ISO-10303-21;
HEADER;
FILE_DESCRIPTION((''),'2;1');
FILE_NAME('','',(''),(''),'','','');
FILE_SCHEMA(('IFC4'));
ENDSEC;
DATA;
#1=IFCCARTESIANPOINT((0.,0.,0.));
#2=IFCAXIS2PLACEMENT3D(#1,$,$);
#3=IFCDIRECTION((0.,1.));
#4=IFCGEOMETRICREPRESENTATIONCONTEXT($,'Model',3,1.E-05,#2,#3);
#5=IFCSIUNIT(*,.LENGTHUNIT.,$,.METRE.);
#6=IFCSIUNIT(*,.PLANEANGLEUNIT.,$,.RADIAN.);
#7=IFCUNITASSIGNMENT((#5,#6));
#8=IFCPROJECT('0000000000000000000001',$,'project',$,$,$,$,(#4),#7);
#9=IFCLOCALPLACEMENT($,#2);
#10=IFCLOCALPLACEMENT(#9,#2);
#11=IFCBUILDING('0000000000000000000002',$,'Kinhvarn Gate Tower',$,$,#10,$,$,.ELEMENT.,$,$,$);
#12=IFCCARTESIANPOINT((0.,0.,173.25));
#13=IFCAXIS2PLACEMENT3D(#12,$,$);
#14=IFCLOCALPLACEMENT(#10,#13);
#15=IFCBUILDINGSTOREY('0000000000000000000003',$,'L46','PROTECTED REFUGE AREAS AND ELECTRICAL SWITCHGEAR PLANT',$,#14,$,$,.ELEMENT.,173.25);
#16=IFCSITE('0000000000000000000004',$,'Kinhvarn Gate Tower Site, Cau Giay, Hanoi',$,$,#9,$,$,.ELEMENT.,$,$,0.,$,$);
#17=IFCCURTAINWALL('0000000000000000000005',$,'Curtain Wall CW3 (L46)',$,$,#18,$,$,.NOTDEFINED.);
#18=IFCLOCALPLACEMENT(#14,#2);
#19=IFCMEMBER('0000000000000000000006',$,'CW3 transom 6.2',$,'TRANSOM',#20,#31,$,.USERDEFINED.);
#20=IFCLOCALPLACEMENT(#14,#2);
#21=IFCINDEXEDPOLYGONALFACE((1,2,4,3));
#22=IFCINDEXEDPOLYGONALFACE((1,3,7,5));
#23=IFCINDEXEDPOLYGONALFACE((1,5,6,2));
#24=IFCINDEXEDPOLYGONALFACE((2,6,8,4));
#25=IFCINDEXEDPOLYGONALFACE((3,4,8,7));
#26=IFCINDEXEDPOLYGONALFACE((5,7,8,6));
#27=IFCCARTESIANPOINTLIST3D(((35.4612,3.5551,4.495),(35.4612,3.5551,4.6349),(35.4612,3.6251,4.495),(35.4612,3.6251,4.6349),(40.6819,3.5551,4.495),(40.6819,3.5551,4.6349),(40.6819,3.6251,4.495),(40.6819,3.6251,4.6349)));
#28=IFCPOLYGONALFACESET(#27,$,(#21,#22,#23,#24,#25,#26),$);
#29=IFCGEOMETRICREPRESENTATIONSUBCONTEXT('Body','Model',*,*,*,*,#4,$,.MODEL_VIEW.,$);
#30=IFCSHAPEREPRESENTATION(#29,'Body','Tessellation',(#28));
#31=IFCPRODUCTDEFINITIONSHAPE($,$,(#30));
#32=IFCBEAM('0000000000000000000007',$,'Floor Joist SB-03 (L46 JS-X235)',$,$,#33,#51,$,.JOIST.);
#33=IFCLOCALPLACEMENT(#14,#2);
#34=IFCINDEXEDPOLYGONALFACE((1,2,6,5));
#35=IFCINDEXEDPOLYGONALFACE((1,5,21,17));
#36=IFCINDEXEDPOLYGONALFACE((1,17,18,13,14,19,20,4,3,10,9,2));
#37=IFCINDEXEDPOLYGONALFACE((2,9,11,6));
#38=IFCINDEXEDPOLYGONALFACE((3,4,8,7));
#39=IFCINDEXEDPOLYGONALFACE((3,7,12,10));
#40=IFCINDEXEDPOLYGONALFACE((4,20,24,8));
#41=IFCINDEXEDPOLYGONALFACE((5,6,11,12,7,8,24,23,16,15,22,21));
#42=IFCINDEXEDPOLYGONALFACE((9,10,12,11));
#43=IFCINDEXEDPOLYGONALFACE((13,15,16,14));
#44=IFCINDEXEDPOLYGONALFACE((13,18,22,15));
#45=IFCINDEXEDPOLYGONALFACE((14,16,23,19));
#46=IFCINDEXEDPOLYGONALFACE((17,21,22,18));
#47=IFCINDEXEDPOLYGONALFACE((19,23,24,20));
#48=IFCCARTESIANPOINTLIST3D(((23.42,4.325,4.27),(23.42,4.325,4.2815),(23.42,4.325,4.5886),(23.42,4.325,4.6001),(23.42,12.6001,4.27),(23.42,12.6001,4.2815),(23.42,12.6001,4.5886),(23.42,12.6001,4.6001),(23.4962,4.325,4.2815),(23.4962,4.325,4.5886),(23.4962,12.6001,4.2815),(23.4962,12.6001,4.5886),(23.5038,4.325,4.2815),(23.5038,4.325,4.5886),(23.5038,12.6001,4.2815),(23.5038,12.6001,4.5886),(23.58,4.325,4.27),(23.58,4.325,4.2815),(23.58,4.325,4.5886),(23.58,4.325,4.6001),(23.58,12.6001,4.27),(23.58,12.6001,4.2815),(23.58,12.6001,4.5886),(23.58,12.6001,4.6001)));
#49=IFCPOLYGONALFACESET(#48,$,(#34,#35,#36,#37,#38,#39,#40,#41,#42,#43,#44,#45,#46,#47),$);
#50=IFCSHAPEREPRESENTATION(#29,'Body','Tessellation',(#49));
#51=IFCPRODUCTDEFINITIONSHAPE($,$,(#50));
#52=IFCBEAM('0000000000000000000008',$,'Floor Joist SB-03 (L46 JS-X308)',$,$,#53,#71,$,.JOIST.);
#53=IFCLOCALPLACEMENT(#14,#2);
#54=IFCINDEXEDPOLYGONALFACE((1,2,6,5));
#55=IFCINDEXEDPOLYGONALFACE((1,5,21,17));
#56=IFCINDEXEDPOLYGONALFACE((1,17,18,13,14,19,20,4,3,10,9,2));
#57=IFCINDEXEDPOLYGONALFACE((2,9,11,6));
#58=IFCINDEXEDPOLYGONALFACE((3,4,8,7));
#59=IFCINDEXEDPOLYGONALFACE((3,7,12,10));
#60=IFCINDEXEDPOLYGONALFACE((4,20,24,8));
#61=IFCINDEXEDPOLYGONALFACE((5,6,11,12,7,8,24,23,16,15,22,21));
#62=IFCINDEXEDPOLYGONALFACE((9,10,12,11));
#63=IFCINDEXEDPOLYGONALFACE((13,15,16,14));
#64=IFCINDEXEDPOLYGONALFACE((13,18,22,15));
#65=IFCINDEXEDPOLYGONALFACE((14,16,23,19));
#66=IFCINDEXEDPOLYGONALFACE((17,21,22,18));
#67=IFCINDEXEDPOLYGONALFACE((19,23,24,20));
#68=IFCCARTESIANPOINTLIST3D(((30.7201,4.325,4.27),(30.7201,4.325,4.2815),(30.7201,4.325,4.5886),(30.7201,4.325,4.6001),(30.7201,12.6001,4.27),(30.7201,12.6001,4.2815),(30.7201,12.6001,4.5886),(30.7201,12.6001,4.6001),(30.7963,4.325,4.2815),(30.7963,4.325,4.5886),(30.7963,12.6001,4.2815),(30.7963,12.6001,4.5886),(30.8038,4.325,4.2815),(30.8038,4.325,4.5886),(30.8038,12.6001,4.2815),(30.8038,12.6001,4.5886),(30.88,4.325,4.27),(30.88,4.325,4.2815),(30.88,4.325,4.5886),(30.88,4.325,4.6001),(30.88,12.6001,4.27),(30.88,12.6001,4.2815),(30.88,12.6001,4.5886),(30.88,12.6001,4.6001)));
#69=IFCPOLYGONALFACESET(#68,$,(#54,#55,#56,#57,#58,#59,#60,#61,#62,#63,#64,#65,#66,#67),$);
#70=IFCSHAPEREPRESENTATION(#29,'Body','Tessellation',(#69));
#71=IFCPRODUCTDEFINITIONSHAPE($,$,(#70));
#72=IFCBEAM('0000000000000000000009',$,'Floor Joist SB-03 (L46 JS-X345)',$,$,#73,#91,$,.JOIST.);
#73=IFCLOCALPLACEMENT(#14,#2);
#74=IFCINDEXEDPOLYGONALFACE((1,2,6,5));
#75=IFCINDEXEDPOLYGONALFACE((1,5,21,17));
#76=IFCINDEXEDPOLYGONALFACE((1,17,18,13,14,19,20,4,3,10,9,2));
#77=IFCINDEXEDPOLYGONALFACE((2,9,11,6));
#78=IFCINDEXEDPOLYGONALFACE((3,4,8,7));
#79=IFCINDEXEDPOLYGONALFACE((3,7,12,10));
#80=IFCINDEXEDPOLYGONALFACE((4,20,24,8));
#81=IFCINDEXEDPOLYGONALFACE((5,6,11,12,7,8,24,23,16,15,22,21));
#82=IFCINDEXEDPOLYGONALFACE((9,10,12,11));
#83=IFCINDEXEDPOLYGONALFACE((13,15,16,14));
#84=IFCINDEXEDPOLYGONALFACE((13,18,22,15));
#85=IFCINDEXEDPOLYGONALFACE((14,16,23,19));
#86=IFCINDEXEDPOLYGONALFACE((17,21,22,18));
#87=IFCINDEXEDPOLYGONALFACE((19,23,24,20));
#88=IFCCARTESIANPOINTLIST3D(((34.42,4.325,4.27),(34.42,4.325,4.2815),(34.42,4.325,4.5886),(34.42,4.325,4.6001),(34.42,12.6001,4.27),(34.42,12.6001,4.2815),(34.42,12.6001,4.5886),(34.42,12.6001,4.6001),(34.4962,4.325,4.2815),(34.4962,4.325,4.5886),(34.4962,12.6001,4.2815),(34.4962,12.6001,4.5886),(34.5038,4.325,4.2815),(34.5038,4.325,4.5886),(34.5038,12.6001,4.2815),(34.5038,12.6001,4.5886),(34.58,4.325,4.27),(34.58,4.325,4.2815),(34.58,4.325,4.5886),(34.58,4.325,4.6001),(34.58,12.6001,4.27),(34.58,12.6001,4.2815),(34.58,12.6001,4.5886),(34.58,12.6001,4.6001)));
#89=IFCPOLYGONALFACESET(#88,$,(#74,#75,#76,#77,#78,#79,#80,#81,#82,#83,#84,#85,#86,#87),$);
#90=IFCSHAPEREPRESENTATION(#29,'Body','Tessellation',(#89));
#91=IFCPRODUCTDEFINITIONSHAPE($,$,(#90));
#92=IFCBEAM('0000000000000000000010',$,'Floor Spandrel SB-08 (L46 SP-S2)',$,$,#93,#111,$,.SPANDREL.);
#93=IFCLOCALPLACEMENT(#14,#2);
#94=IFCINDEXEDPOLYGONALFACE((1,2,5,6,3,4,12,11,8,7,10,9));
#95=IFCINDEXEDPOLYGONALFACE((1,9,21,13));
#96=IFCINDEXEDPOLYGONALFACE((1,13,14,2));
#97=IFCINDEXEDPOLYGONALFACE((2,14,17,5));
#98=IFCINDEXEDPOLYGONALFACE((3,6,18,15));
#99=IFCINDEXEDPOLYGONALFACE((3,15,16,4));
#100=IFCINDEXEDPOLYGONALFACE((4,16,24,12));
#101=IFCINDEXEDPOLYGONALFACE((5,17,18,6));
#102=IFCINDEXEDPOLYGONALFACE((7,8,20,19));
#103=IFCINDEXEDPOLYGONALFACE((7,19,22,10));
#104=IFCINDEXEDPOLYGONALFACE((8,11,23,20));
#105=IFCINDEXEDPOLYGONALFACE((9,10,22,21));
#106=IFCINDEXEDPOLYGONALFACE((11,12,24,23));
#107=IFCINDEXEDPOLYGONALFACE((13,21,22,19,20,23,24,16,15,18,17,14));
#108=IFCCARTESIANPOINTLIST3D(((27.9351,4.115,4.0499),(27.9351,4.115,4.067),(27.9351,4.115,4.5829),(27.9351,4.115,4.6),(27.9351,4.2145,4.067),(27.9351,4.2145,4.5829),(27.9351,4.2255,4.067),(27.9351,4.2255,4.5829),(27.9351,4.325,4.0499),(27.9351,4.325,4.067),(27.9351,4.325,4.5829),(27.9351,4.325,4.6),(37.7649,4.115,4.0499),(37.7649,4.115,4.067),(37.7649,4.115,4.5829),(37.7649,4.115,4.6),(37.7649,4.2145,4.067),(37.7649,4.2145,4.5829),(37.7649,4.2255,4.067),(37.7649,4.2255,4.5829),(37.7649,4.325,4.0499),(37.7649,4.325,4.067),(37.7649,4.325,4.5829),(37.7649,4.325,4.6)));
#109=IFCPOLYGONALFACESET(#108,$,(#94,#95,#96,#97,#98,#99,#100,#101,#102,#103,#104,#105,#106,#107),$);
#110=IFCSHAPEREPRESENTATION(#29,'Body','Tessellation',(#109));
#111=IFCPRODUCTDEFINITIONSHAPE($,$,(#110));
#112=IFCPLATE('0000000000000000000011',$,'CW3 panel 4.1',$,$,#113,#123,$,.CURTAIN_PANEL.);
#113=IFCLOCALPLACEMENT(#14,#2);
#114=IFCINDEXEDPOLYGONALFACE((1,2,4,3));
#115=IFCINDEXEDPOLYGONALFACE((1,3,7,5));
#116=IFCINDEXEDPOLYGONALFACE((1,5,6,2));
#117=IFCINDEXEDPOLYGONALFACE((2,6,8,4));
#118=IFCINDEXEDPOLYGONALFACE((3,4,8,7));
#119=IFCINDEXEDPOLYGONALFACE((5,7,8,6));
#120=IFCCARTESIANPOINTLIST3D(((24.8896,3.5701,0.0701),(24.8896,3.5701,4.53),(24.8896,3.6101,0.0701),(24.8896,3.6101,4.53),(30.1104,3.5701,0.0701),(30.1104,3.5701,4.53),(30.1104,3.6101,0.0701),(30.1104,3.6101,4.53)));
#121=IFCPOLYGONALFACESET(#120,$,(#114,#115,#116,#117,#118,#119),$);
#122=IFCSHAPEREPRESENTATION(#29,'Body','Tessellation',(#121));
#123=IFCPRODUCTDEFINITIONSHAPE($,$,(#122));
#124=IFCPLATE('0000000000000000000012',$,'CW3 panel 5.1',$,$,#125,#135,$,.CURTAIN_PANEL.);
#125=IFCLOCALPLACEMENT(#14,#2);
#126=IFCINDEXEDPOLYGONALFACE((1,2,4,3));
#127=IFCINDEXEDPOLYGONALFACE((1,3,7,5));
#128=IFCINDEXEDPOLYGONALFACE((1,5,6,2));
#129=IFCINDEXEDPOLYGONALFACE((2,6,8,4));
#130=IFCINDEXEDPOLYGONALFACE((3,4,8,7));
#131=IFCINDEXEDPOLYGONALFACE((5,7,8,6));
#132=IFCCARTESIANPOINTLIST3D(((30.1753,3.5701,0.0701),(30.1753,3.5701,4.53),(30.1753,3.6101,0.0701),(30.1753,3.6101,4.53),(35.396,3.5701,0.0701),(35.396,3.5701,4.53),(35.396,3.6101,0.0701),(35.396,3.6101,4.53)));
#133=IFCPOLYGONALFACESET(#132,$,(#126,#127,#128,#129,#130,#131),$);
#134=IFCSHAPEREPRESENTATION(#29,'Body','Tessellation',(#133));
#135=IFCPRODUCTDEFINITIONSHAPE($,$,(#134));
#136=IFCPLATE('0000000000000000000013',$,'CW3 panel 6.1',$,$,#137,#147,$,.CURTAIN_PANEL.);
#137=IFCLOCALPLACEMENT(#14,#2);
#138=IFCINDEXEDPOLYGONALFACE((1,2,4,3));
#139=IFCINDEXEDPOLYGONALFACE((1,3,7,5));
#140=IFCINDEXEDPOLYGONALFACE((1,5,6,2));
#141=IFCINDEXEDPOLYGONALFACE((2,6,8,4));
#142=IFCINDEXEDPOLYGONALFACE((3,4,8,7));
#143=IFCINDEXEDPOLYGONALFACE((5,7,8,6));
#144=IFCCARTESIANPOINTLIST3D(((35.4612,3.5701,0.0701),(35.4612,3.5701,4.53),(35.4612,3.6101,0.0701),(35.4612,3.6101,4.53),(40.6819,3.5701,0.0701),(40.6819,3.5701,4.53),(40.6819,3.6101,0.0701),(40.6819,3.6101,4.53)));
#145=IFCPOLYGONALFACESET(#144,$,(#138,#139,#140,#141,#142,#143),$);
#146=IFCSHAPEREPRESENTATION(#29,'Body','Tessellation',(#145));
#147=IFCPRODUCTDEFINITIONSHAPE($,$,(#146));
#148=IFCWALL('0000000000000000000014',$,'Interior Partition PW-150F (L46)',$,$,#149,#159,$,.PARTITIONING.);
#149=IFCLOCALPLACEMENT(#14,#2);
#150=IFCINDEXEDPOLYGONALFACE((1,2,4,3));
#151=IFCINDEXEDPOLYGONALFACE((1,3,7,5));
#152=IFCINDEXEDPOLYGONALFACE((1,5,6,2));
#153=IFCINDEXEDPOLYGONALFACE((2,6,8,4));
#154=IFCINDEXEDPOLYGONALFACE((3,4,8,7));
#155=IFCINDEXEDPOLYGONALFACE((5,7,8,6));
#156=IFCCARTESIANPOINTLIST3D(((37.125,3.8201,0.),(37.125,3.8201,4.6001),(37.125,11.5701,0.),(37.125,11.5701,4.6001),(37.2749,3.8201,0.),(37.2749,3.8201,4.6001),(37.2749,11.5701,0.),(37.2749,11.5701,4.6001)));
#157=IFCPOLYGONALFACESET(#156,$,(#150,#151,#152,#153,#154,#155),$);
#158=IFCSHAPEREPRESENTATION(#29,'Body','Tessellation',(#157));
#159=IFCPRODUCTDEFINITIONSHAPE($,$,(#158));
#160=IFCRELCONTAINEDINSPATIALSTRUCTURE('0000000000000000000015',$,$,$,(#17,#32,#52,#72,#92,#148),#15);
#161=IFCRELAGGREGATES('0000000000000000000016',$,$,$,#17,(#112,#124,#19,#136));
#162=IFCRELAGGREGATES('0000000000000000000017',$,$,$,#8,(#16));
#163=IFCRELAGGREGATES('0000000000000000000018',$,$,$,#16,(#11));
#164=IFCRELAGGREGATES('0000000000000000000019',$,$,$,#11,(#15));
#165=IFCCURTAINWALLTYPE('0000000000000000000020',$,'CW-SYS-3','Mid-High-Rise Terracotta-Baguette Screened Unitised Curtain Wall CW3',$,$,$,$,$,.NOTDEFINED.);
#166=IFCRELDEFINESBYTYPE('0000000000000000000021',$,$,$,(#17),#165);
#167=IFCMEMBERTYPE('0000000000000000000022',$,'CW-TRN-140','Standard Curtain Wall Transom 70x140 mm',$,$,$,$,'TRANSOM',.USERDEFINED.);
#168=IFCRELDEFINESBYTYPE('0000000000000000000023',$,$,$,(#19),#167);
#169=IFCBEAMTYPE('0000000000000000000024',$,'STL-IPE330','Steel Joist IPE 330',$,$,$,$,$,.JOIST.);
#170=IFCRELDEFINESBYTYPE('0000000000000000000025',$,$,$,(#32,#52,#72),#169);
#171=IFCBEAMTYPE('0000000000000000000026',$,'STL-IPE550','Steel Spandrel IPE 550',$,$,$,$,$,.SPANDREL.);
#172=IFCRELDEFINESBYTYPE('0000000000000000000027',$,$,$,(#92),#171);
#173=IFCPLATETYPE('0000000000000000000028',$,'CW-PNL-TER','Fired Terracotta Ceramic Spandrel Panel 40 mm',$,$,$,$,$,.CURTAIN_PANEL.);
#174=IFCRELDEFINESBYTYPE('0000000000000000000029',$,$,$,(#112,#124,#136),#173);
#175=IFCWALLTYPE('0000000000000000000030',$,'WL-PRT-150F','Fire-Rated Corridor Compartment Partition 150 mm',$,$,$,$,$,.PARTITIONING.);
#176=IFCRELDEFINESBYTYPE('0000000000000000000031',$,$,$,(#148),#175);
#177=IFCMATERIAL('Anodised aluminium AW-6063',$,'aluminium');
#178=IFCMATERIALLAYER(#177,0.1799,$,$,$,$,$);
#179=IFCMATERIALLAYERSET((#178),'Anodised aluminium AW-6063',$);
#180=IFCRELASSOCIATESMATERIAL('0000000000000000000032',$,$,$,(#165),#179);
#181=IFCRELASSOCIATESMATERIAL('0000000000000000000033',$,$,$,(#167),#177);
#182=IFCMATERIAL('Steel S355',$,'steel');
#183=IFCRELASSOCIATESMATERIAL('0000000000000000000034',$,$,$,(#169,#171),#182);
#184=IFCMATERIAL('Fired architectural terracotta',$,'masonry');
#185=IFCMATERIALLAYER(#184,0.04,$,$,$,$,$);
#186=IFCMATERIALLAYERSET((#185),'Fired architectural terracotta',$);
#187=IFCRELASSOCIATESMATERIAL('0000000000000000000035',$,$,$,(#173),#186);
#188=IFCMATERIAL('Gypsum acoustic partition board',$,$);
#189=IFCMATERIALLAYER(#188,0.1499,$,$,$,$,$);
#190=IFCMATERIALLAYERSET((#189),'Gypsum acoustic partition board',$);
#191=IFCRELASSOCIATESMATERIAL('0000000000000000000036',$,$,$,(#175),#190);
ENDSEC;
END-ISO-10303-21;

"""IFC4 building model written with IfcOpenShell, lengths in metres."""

from ifc_helpers import new_model, si_unit, direction, frame, frame_2d, origin, origin_2d, place, context, subcontext, project, spatial, rectangle, i_section, extrude, material, layer, layer_set, material_profile, profile_set, type_object, element, aggregate, save


model = new_model("IFC4")

# Units and contexts
model_context = context("Model", 3, precision=1e-05, world=origin(), true_north=direction((0.0, 1.0)))
body_context = subcontext(model_context, "Body", "Model", "MODEL_VIEW")
ifc_project = project(units=[si_unit("LENGTHUNIT", "METRE"), si_unit("PLANEANGLEUNIT", "RADIAN")], contexts=[model_context])

# Site, building, storey
site_placement = place(None, origin())
site = spatial("IfcSite", under=ifc_project, at=site_placement, Name="Kinhvarn Gate Tower Site, Cau Giay, Hanoi", CompositionType="ELEMENT", RefElevation=0.0)
building_placement = place(site_placement, origin())
building = spatial("IfcBuilding", under=site, at=building_placement, Name="Kinhvarn Gate Tower", CompositionType="ELEMENT")
storey_placement = place(building_placement, frame((0.0, 0.0, 173.25)))
storey = spatial("IfcBuildingStorey", under=building, at=storey_placement, Name="L46", Description="PROTECTED REFUGE AREAS AND ELECTRICAL SWITCHGEAR PLANT", CompositionType="ELEMENT", Elevation=173.25)

# Curtain wall, member
ifc_material_1 = material(Name="Anodised aluminium AW-6063", Category="aluminium")
ifc_layer_1 = layer(ifc_material_1, 0.1799)
ifc_layer_set_1 = layer_set([ifc_layer_1], Name="Anodised aluminium AW-6063")
curtain_wall_type = type_object("IfcCurtainWallType", Name="CW-SYS-3", Description="Mid-High-Rise Terracotta-Baguette Screened Unitised Curtain Wall CW3", PredefinedType="NOTDEFINED", material=ifc_layer_set_1)
curtain_wall_placement = place(storey_placement, origin())
curtain_wall = element("IfcCurtainWall", 1, at=curtain_wall_placement, inside=storey, type_object=curtain_wall_type, Name="Curtain Wall CW3 (L46)", PredefinedType="NOTDEFINED")
ifc_material_profile_1 = material_profile(ifc_material_1, rectangle(XDim=0.0701, YDim=0.1399, at=origin_2d()), Name="ALU 70x140")
ifc_profile_set_1 = profile_set([ifc_material_profile_1], Name="Anodised aluminium AW-6063")
member_type_1 = type_object("IfcMemberType", Name="CW-TRN-140", Description="Standard Curtain Wall Transom 70x140 mm", ElementType="TRANSOM", PredefinedType="USERDEFINED", material=ifc_profile_set_1)
member_1_placement = place(storey_placement, frame((35.4612, 3.5901, 4.5649), z_axis=(1.0, 0.0, 0.0), x_axis=(0.0, 1.0, 0.0)))
member_1 = element("IfcMember", 2, at=member_1_placement, type_object=member_type_1, Name="CW3 transom 6.2", ObjectType="TRANSOM", PredefinedType="USERDEFINED", context=body_context, shape_type="SweptSolid", body=[
    extrude(rectangle(XDim=0.0701, YDim=0.1399, at=origin_2d()), origin(), (0.0, 0.0, 1.0), 5.2207),
])

# Beams
ifc_material_2 = material(Name="Steel S355", Category="steel")
ifc_material_profile_2 = material_profile(ifc_material_2, i_section(OverallWidth=0.1599, OverallDepth=0.3301, WebThickness=0.0076, FlangeThickness=0.0115, at=origin_2d()), Name="IPE 330")
ifc_profile_set_2 = profile_set([ifc_material_profile_2], Name="Steel S355")
beam_type_1 = type_object("IfcBeamType", Name="STL-IPE330", Description="Steel Joist IPE 330", PredefinedType="JOIST", material=ifc_profile_set_2)
for number, where, z_axis, x_axis, name in (
    (3, (23.5, 4.325, 4.4351), (0.0, 1.0, 0.0), (-1.0, 0.0, 0.0), "Floor Joist SB-03 (L46 JS-X235)"),
    (4, (30.8, 4.325, 4.4351), (0.0, 1.0, 0.0), (-1.0, 0.0, 0.0), "Floor Joist SB-03 (L46 JS-X308)"),
    (5, (34.5, 4.325, 4.4351), (0.0, 1.0, 0.0), (-1.0, 0.0, 0.0), "Floor Joist SB-03 (L46 JS-X345)"),
):
    element("IfcBeam", number, at=place(storey_placement, frame(where, z_axis=z_axis, x_axis=x_axis)), inside=storey, type_object=beam_type_1, Name=name, PredefinedType="JOIST", context=body_context, shape_type="SweptSolid", body=[
        extrude(i_section(OverallWidth=0.1599, OverallDepth=0.3301, WebThickness=0.0076, FlangeThickness=0.0115, at=origin_2d()), origin(), (0.0, 0.0, 1.0), 8.2751),
    ])
ifc_material_profile_3 = material_profile(ifc_material_2, i_section(OverallWidth=0.21, OverallDepth=0.55, WebThickness=0.011, FlangeThickness=0.0171, at=origin_2d()), Name="IPE 550")
ifc_profile_set_3 = profile_set([ifc_material_profile_3], Name="Steel S355")
beam_type_2 = type_object("IfcBeamType", Name="STL-IPE550", Description="Steel Spandrel IPE 550", PredefinedType="SPANDREL", material=ifc_profile_set_3)
beam_1_placement = place(storey_placement, frame((27.9351, 4.22, 4.325), z_axis=(1.0, 0.0, 0.0), x_axis=(0.0, 1.0, 0.0)))
element("IfcBeam", 6, at=beam_1_placement, inside=storey, type_object=beam_type_2, Name="Floor Spandrel SB-08 (L46 SP-S2)", PredefinedType="SPANDREL", context=body_context, shape_type="SweptSolid", body=[
    extrude(i_section(OverallWidth=0.21, OverallDepth=0.55, WebThickness=0.011, FlangeThickness=0.0171, at=origin_2d()), origin(), (0.0, 0.0, 1.0), 9.8298),
])

# Plates
ifc_material_3 = material(Name="Fired architectural terracotta", Category="masonry")
ifc_layer_2 = layer(ifc_material_3, 0.04)
ifc_layer_set_2 = layer_set([ifc_layer_2], Name="Fired architectural terracotta")
plate_type = type_object("IfcPlateType", Name="CW-PNL-TER", Description="Fired Terracotta Ceramic Spandrel Panel 40 mm", PredefinedType="CURTAIN_PANEL", material=ifc_layer_set_2)
plate_1_placement = place(storey_placement, frame((27.5, 3.5901, 0.0701), z_axis=(0.0, 0.0, 1.0), x_axis=(1.0, 0.0, 0.0)))
plate_1 = element("IfcPlate", 7, at=plate_1_placement, type_object=plate_type, Name="CW3 panel 4.1", PredefinedType="CURTAIN_PANEL", context=body_context, shape_type="SweptSolid", body=[
    extrude(rectangle(XDim=5.2207, YDim=0.04, at=origin_2d()), origin(), (0.0, 0.0, 1.0), 4.46),
])
plate_2_placement = place(storey_placement, frame((32.7856, 3.5901, 0.0701), z_axis=(0.0, 0.0, 1.0), x_axis=(1.0, 0.0, 0.0)))
plate_2 = element("IfcPlate", 8, at=plate_2_placement, type_object=plate_type, Name="CW3 panel 5.1", PredefinedType="CURTAIN_PANEL", context=body_context, shape_type="SweptSolid", body=[
    extrude(rectangle(XDim=5.2207, YDim=0.04, at=origin_2d()), origin(), (0.0, 0.0, 1.0), 4.46),
])
plate_3_placement = place(storey_placement, frame((38.0715, 3.5901, 0.0701), z_axis=(0.0, 0.0, 1.0), x_axis=(1.0, 0.0, 0.0)))
plate_3 = element("IfcPlate", 9, at=plate_3_placement, type_object=plate_type, Name="CW3 panel 6.1", PredefinedType="CURTAIN_PANEL", context=body_context, shape_type="SweptSolid", body=[
    extrude(rectangle(XDim=5.2207, YDim=0.04, at=origin_2d()), origin(), (0.0, 0.0, 1.0), 4.46),
])
aggregate(curtain_wall, [plate_1, plate_2, member_1, plate_3])

# Wall
ifc_material_4 = material(Name="Gypsum acoustic partition board")
ifc_layer_3 = layer(ifc_material_4, 0.1499)
ifc_layer_set_3 = layer_set([ifc_layer_3], Name="Gypsum acoustic partition board")
wall_type = type_object("IfcWallType", Name="WL-PRT-150F", Description="Fire-Rated Corridor Compartment Partition 150 mm", PredefinedType="PARTITIONING", material=ifc_layer_set_3)
wall_placement = place(storey_placement, frame((37.2, 11.5701, 0.0), z_axis=(0.0, 0.0, 1.0), x_axis=(0.0, -1.0, 0.0)))
element("IfcWall", 10, at=wall_placement, inside=storey, type_object=wall_type, Name="Interior Partition PW-150F (L46)", PredefinedType="PARTITIONING", context=body_context, shape_type="SweptSolid", body=[
    extrude(rectangle(XDim=7.75, YDim=0.1499, at=frame_2d((3.875, 0.0))), origin(), (0.0, 0.0, 1.0), 4.6001),
])

save(model, "model.ifc")
